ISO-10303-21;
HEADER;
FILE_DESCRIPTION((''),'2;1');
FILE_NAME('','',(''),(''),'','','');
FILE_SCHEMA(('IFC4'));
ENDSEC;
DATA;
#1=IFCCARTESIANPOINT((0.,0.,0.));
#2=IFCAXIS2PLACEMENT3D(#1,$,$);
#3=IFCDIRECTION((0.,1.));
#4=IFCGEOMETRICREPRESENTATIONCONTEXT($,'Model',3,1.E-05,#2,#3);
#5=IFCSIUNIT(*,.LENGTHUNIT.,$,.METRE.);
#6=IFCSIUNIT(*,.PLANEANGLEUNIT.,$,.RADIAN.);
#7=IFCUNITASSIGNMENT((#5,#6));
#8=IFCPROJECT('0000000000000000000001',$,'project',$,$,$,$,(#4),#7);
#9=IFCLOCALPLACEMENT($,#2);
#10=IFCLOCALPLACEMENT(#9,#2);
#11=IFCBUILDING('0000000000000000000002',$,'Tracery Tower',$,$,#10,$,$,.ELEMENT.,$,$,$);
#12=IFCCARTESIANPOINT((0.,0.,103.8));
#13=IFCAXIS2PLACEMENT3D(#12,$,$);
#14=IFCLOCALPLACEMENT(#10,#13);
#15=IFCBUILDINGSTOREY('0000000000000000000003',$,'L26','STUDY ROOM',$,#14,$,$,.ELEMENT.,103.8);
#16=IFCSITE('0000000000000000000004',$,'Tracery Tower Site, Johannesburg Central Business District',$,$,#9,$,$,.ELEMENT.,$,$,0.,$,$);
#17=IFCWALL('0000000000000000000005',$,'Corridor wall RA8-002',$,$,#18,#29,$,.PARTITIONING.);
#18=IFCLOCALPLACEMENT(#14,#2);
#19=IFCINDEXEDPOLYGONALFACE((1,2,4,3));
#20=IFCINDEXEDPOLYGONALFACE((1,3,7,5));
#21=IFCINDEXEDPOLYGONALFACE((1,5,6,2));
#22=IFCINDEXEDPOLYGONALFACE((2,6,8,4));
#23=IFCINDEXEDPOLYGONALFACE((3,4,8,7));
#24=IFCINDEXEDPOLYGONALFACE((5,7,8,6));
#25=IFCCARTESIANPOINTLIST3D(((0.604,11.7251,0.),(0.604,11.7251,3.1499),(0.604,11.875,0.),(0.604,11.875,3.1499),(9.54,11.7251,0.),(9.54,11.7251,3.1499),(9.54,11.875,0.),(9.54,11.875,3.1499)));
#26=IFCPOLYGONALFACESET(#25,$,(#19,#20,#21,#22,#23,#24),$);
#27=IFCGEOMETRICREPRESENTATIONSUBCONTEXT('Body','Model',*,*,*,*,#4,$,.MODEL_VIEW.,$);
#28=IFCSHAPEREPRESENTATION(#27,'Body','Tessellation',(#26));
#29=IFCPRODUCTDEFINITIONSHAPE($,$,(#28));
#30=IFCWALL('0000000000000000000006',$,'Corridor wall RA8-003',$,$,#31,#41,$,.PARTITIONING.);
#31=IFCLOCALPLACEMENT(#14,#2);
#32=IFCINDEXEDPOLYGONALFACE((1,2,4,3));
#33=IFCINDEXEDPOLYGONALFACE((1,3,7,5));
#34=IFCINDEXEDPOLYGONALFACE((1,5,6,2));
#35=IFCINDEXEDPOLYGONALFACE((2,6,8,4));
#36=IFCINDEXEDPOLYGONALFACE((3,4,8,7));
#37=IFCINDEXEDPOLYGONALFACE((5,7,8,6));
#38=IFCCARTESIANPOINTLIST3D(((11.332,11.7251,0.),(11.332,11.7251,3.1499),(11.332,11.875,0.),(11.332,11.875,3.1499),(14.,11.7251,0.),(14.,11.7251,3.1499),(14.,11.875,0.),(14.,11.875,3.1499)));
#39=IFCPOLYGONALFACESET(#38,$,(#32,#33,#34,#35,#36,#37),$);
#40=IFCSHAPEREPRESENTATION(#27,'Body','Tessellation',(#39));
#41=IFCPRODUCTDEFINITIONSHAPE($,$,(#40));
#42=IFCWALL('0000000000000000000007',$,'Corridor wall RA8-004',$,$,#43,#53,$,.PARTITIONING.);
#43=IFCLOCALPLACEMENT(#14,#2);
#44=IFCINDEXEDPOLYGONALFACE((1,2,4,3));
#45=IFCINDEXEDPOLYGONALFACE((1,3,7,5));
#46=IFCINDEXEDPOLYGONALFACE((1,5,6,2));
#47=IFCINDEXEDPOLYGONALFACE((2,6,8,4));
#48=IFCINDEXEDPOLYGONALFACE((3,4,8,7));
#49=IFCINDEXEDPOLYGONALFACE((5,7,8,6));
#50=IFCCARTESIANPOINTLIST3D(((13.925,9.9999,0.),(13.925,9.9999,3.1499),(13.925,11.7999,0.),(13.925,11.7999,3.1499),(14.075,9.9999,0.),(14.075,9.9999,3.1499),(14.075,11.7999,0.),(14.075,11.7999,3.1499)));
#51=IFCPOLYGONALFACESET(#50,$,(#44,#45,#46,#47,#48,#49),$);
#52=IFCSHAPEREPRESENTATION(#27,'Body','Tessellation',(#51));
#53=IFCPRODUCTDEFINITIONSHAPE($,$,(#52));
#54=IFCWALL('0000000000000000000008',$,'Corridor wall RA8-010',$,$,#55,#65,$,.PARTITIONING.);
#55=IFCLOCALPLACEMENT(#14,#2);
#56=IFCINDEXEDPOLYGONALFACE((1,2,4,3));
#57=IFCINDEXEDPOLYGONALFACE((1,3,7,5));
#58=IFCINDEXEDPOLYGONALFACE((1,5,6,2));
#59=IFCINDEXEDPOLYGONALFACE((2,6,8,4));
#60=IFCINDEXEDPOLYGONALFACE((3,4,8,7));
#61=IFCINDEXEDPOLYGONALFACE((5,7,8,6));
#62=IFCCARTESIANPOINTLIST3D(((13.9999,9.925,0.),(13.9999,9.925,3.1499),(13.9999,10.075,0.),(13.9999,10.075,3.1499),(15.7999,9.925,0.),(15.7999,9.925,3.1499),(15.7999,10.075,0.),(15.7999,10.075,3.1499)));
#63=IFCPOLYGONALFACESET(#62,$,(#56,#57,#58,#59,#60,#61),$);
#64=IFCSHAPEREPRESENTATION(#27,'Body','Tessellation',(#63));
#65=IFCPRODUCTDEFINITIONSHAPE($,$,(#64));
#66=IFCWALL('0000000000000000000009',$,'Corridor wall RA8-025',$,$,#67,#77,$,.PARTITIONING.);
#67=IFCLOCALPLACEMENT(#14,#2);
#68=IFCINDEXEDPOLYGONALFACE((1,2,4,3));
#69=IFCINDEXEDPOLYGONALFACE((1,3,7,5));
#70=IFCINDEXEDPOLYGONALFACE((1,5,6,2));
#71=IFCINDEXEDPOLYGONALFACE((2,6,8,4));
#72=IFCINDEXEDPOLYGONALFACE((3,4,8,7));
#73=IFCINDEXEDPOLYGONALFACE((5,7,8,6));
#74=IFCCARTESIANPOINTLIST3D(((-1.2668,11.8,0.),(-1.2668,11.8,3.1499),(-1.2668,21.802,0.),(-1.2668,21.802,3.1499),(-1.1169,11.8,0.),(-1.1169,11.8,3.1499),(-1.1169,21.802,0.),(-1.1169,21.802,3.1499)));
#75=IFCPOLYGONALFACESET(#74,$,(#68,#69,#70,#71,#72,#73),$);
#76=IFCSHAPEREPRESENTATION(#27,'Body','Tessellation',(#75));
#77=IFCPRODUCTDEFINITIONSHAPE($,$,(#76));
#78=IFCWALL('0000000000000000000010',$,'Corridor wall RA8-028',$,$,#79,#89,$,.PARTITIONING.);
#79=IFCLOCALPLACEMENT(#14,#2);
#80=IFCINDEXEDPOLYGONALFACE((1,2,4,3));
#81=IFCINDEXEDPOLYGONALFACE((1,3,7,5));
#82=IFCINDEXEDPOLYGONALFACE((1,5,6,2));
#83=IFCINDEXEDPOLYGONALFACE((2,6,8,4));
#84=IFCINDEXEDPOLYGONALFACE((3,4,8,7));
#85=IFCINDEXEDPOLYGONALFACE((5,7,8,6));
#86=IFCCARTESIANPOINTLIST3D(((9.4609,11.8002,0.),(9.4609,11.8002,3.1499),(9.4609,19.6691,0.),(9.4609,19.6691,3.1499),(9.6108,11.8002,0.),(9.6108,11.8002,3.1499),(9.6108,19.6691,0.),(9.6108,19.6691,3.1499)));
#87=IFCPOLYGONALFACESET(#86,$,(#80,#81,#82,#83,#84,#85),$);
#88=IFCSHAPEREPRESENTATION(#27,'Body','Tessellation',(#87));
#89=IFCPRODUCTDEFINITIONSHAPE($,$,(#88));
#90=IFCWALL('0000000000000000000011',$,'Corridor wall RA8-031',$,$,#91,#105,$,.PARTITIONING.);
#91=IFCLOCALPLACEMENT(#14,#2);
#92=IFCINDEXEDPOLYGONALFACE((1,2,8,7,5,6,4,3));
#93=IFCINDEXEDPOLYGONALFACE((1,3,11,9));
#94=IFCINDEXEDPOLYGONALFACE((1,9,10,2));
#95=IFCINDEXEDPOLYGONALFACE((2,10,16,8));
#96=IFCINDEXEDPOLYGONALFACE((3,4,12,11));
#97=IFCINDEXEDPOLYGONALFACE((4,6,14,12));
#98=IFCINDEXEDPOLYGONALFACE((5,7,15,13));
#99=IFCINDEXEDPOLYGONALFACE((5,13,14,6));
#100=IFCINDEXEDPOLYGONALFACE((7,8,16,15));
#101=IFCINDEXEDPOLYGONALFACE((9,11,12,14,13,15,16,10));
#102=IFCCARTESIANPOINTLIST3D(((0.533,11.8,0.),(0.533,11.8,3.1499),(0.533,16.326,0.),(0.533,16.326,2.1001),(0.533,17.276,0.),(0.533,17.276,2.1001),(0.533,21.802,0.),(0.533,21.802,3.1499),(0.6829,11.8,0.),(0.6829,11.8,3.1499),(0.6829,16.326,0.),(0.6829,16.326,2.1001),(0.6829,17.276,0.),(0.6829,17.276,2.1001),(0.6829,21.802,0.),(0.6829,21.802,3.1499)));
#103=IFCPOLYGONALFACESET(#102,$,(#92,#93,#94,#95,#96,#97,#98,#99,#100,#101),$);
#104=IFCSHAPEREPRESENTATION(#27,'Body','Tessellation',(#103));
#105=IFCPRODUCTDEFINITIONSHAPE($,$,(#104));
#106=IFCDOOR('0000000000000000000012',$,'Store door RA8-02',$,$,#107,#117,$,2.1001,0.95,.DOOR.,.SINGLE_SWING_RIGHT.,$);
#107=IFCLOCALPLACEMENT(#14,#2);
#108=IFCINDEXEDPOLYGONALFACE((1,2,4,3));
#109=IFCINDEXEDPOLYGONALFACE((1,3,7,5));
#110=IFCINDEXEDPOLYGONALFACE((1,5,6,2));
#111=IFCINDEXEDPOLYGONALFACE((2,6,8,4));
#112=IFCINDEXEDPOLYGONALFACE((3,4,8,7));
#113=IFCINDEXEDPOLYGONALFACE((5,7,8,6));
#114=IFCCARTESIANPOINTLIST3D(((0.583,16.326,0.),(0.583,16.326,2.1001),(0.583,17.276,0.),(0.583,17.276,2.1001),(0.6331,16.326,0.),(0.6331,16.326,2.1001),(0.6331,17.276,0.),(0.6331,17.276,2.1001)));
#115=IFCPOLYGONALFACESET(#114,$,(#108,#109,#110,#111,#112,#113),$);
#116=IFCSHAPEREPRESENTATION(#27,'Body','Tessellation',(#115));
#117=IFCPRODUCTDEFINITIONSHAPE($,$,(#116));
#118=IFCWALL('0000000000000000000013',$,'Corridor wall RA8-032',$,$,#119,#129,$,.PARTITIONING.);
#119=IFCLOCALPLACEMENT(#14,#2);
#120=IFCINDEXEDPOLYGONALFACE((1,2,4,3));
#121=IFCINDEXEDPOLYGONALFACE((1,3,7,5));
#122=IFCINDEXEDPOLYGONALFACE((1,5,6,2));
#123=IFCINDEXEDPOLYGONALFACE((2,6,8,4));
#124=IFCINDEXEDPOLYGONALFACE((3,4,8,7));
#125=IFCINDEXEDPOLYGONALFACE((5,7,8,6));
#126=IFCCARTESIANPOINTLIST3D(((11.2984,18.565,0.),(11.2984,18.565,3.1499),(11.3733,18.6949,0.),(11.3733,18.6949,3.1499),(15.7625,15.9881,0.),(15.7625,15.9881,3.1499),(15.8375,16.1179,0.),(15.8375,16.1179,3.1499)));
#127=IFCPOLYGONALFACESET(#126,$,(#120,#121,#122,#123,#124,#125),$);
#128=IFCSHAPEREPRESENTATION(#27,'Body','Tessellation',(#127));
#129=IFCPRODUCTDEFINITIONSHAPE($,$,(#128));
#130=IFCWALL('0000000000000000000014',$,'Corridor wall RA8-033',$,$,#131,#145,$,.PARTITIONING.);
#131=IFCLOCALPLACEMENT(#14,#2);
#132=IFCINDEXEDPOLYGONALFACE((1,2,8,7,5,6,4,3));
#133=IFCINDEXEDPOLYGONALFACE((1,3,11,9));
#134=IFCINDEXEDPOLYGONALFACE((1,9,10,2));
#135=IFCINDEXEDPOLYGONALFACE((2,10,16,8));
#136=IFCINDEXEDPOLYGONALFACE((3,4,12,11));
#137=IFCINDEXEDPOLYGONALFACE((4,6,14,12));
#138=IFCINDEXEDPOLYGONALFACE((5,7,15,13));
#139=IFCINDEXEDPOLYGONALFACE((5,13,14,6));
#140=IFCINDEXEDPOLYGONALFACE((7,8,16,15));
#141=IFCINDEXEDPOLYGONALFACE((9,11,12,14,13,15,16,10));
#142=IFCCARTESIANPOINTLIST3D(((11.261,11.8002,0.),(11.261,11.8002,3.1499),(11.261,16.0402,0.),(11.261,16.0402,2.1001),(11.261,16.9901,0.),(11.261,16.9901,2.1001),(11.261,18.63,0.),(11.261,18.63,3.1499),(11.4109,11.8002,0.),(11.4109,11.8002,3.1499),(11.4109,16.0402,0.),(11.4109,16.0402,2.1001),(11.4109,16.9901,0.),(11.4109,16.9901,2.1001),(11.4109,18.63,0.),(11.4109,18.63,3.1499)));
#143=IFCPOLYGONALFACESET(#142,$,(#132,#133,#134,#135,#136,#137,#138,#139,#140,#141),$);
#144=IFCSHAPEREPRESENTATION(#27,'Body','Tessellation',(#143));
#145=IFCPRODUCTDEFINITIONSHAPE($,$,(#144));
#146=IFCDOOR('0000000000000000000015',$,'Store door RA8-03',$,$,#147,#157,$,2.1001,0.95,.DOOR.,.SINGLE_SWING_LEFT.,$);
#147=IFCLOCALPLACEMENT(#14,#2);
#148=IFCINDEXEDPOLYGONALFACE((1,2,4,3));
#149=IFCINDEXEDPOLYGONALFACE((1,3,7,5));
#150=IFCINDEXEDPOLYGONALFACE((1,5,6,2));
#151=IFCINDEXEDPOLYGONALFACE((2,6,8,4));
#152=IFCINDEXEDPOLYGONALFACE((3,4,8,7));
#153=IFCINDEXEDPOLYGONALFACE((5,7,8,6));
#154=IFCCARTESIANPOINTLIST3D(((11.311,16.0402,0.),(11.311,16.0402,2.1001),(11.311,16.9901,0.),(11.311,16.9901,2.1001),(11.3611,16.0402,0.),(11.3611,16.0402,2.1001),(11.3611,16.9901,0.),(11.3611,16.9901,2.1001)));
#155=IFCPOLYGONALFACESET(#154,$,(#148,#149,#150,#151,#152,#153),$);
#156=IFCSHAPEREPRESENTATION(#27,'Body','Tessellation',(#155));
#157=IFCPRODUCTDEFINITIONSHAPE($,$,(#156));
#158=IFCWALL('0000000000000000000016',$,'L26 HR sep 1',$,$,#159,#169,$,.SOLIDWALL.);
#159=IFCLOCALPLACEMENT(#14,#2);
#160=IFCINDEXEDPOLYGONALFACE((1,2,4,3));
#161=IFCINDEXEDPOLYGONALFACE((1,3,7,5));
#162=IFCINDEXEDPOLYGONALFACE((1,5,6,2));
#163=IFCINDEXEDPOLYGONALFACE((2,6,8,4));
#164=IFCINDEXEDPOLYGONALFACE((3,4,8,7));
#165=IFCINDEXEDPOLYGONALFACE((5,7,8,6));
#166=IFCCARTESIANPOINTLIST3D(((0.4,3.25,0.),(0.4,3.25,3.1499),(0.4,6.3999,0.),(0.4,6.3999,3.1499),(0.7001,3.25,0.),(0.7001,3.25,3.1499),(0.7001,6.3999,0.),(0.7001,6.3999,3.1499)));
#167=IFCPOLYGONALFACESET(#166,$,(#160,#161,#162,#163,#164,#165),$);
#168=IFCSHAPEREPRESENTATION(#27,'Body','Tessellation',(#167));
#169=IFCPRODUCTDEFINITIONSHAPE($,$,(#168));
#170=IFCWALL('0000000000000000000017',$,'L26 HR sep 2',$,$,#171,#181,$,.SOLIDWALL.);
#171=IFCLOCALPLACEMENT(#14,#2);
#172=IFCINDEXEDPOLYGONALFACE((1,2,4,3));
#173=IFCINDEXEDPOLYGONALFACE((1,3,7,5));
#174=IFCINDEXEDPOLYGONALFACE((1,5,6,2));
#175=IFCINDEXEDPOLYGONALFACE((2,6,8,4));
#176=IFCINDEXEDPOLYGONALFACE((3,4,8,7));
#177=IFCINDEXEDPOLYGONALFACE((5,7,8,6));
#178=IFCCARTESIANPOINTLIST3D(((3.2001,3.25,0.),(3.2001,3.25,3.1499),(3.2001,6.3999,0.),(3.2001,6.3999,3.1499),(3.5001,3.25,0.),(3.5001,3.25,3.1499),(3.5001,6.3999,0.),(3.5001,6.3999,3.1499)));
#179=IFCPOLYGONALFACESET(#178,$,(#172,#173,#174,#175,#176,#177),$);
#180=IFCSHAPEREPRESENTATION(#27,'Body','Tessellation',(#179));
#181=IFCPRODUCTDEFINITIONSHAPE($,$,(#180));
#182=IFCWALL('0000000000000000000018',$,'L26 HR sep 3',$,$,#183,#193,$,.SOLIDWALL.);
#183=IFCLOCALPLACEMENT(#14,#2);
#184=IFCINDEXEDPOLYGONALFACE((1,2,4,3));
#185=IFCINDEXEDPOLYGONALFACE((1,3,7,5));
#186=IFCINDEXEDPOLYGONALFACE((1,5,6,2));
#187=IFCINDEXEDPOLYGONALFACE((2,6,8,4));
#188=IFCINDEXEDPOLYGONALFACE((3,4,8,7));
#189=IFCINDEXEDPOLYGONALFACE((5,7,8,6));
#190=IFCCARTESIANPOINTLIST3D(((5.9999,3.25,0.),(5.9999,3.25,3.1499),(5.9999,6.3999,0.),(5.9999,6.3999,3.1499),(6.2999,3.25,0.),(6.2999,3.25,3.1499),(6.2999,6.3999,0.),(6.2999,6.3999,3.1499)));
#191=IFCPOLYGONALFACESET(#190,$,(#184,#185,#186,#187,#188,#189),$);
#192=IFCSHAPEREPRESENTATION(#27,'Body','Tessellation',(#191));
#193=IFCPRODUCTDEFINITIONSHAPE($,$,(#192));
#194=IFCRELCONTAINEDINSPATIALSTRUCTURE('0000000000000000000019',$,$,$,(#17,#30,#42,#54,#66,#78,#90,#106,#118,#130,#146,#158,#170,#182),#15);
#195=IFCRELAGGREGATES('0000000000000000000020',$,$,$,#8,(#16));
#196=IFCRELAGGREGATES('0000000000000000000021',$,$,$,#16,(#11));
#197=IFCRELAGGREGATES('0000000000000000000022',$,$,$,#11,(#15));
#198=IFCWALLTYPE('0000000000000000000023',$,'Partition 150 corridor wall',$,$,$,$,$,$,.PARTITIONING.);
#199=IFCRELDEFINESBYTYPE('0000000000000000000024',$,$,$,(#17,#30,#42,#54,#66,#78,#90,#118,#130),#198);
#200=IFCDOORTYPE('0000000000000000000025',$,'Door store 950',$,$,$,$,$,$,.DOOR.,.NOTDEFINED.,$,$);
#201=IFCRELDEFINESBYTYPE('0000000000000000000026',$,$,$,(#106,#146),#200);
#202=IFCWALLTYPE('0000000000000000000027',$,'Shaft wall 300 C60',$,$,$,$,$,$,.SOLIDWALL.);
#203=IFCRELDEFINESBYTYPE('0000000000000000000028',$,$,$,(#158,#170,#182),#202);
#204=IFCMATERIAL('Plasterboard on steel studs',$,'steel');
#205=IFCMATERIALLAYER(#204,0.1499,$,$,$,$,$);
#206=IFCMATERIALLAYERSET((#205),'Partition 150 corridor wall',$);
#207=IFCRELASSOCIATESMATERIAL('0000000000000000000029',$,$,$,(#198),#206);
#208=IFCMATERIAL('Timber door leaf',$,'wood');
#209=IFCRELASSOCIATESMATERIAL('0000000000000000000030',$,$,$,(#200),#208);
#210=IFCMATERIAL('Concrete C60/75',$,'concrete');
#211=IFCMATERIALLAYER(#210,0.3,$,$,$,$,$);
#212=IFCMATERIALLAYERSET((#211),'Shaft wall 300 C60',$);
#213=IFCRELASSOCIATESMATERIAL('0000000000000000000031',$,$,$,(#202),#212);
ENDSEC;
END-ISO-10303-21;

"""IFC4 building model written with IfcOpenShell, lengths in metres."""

from ifc_helpers import new_model, si_unit, direction, frame, frame_2d, origin, place, context, subcontext, project, spatial, rectangle, extrude, material, layer, layer_set, type_object, element, fill, save


model = new_model("IFC4")

# Units and contexts
model_context = context("Model", 3, precision=1e-05, world=origin(), true_north=direction((0.0, 1.0)))
body_context = subcontext(model_context, "Body", "Model", "MODEL_VIEW")
ifc_project = project(units=[si_unit("LENGTHUNIT", "METRE"), si_unit("PLANEANGLEUNIT", "RADIAN")], contexts=[model_context])

# Site, building, storey
site_placement = place(None, origin())
site = spatial("IfcSite", under=ifc_project, at=site_placement, Name="Tracery Tower Site, Johannesburg Central Business District", CompositionType="ELEMENT", RefElevation=0.0)
building_placement = place(site_placement, origin())
building = spatial("IfcBuilding", under=site, at=building_placement, Name="Tracery Tower", CompositionType="ELEMENT")
storey_placement = place(building_placement, frame((0.0, 0.0, 103.8)))
storey = spatial("IfcBuildingStorey", under=building, at=storey_placement, Name="L26", Description="STUDY ROOM", CompositionType="ELEMENT", Elevation=103.8)

# Walls
ifc_material_1 = material(Name="Plasterboard on steel studs", Category="steel")
ifc_layer_1 = layer(ifc_material_1, 0.1499)
ifc_layer_set_1 = layer_set([ifc_layer_1], Name="Partition 150 corridor wall")
wall_type_1 = type_object("IfcWallType", Name="Partition 150 corridor wall", PredefinedType="PARTITIONING", material=ifc_layer_set_1)
wall_1_placement = place(storey_placement, frame((0.604, 11.8, 0.0), z_axis=(0.0, 0.0, 1.0), x_axis=(1.0, 0.0, 0.0)))
element("IfcWall", 1, at=wall_1_placement, inside=storey, type_object=wall_type_1, Name="Corridor wall RA8-002", PredefinedType="PARTITIONING", context=body_context, shape_type="SweptSolid", body=[
    extrude(rectangle(XDim=8.936, YDim=0.1499, at=frame_2d((4.468, 0.0))), origin(), (0.0, 0.0, 1.0), 3.1499),
])
wall_2_placement = place(storey_placement, frame((11.332, 11.8, 0.0), z_axis=(0.0, 0.0, 1.0), x_axis=(1.0, 0.0, 0.0)))
element("IfcWall", 2, at=wall_2_placement, inside=storey, type_object=wall_type_1, Name="Corridor wall RA8-003", PredefinedType="PARTITIONING", context=body_context, shape_type="SweptSolid", body=[
    extrude(rectangle(XDim=2.668, YDim=0.1499, at=frame_2d((1.334, 0.0))), origin(), (0.0, 0.0, 1.0), 3.1499),
])
for number, where, z_axis, x_axis, name in (
    (3, (14.0, 10.0, 0.0), (0.0, 0.0, 1.0), (0.0, 1.0, 0.0), "Corridor wall RA8-004"),
    (4, (14.0, 10.0, 0.0), (0.0, 0.0, 1.0), (1.0, 0.0, 0.0), "Corridor wall RA8-010"),
):
    element("IfcWall", number, at=place(storey_placement, frame(where, z_axis=z_axis, x_axis=x_axis)), inside=storey, type_object=wall_type_1, Name=name, PredefinedType="PARTITIONING", context=body_context, shape_type="SweptSolid", body=[
        extrude(rectangle(XDim=1.8, YDim=0.1499, at=frame_2d((0.8999, 0.0))), origin(), (0.0, 0.0, 1.0), 3.1499),
    ])
wall_3_placement = place(storey_placement, frame((-1.1919, 11.8, 0.0), z_axis=(0.0, 0.0, 1.0), x_axis=(0.0, 1.0, 0.0)))
element("IfcWall", 5, at=wall_3_placement, inside=storey, type_object=wall_type_1, Name="Corridor wall RA8-025", PredefinedType="PARTITIONING", context=body_context, shape_type="SweptSolid", body=[
    extrude(rectangle(XDim=10.002, YDim=0.1499, at=frame_2d((5.001, 0.0))), origin(), (0.0, 0.0, 1.0), 3.1499),
])
wall_4_placement = place(storey_placement, frame((9.5359, 11.8, 0.0), z_axis=(0.0, 0.0, 1.0), x_axis=(0.0, 1.0, 0.0)))
element("IfcWall", 6, at=wall_4_placement, inside=storey, type_object=wall_type_1, Name="Corridor wall RA8-028", PredefinedType="PARTITIONING", context=body_context, shape_type="SweptSolid", body=[
    extrude(rectangle(XDim=7.8689, YDim=0.1499, at=frame_2d((3.9346, 0.0))), origin(), (0.0, 0.0, 1.0), 3.1499),
])

# Wall, opening, door
wall_5_placement = place(storey_placement, frame((0.6079, 11.8, 0.0), z_axis=(0.0, 0.0, 1.0), x_axis=(0.0, 1.0, 0.0)))
wall_5 = element("IfcWall", 7, at=wall_5_placement, inside=storey, type_object=wall_type_1, Name="Corridor wall RA8-031", PredefinedType="PARTITIONING", context=body_context, shape_type="SweptSolid", body=[
    extrude(rectangle(XDim=10.002, YDim=0.1499, at=frame_2d((5.001, 0.0))), origin(), (0.0, 0.0, 1.0), 3.1499),
])
opening_1_placement = place(wall_5_placement, frame((4.5259, 0.0, 0.0)))
opening_1 = element("IfcOpeningElement", 8, at=opening_1_placement, cuts=wall_5, PredefinedType="OPENING", context=body_context, shape_type="SweptSolid", body=[
    extrude(rectangle(XDim=0.95, YDim=2.1001, at=frame_2d((0.4751, 1.05))), frame((0.0, 0.075, 0.0), z_axis=(0.0, -1.0, 0.0), x_axis=(1.0, 0.0, 0.0)), (0.0, 0.0, 1.0), 0.1499),
])
ifc_material_2 = material(Name="Timber door leaf", Category="wood")
door_type_1 = type_object("IfcDoorType", Name="Door store 950", OperationType="NOTDEFINED", PredefinedType="DOOR", material=ifc_material_2)
door_1_placement = place(opening_1_placement, origin())
door_1 = element("IfcDoor", 9, at=door_1_placement, inside=storey, type_object=door_type_1, Name="Store door RA8-02", OperationType="SINGLE_SWING_RIGHT", OverallHeight=2.1001, OverallWidth=0.95, PredefinedType="DOOR", context=body_context, shape_type="SweptSolid", body=[
    extrude(rectangle(XDim=0.95, YDim=2.1001, at=frame_2d((0.4751, 1.05))), frame((0.0, 0.0249, 0.0), z_axis=(0.0, -1.0, 0.0), x_axis=(1.0, 0.0, 0.0)), (0.0, 0.0, 1.0), 0.05),
])
fill(opening_1, door_1)

# Wall
wall_6_placement = place(storey_placement, frame((11.3359, 18.6299, 0.0), z_axis=(0.0, 0.0, 1.0), x_axis=(0.866063, -0.499934, 0.0)))
element("IfcWall", 10, at=wall_6_placement, inside=storey, type_object=wall_type_1, Name="Corridor wall RA8-032", PredefinedType="PARTITIONING", context=body_context, shape_type="SweptSolid", body=[
    extrude(rectangle(XDim=5.1545, YDim=0.1499, at=frame_2d((2.5771, 0.0))), origin(), (0.0, 0.0, 1.0), 3.1499),
])

# Wall, opening, door
wall_7_placement = place(storey_placement, frame((11.3359, 11.8, 0.0), z_axis=(0.0, 0.0, 1.0), x_axis=(0.0, 1.0, 0.0)))
wall_7 = element("IfcWall", 11, at=wall_7_placement, inside=storey, type_object=wall_type_1, Name="Corridor wall RA8-033", PredefinedType="PARTITIONING", context=body_context, shape_type="SweptSolid", body=[
    extrude(rectangle(XDim=6.8298, YDim=0.1499, at=frame_2d((3.415, 0.0))), origin(), (0.0, 0.0, 1.0), 3.1499),
])
opening_2_placement = place(wall_7_placement, frame((4.24, 0.0, 0.0)))
opening_2 = element("IfcOpeningElement", 12, at=opening_2_placement, cuts=wall_7, PredefinedType="OPENING", context=body_context, shape_type="SweptSolid", body=[
    extrude(rectangle(XDim=0.95, YDim=2.1001, at=frame_2d((0.4751, 1.05))), frame((0.0, 0.075, 0.0), z_axis=(0.0, -1.0, 0.0), x_axis=(1.0, 0.0, 0.0)), (0.0, 0.0, 1.0), 0.1499),
])
door_2_placement = place(opening_2_placement, origin())
door_2 = element("IfcDoor", 13, at=door_2_placement, inside=storey, type_object=door_type_1, Name="Store door RA8-03", OperationType="SINGLE_SWING_LEFT", OverallHeight=2.1001, OverallWidth=0.95, PredefinedType="DOOR", context=body_context, shape_type="SweptSolid", body=[
    extrude(rectangle(XDim=0.95, YDim=2.1001, at=frame_2d((0.4751, 1.05))), frame((0.0, 0.0249, 0.0), z_axis=(0.0, -1.0, 0.0), x_axis=(1.0, 0.0, 0.0)), (0.0, 0.0, 1.0), 0.05),
])
fill(opening_2, door_2)

# Walls
ifc_material_3 = material(Name="Concrete C60/75", Category="concrete")
ifc_layer_2 = layer(ifc_material_3, 0.3)
ifc_layer_set_2 = layer_set([ifc_layer_2], Name="Shaft wall 300 C60")
wall_type_2 = type_object("IfcWallType", Name="Shaft wall 300 C60", PredefinedType="SOLIDWALL", material=ifc_layer_set_2)
for number, where, z_axis, x_axis, name in (
    (14, (0.55, 3.25, 0.0), (0.0, 0.0, 1.0), (0.0, 1.0, 0.0), "L26 HR sep 1"),
    (15, (3.3501, 3.25, 0.0), (0.0, 0.0, 1.0), (0.0, 1.0, 0.0), "L26 HR sep 2"),
    (16, (6.1499, 3.25, 0.0), (0.0, 0.0, 1.0), (0.0, 1.0, 0.0), "L26 HR sep 3"),
):
    element("IfcWall", number, at=place(storey_placement, frame(where, z_axis=z_axis, x_axis=x_axis)), inside=storey, type_object=wall_type_2, Name=name, PredefinedType="SOLIDWALL", context=body_context, shape_type="SweptSolid", body=[
        extrude(rectangle(XDim=3.1499, YDim=0.3, at=frame_2d((1.575, 0.0))), origin(), (0.0, 0.0, 1.0), 3.1499),
    ])

save(model, "model.ifc")
